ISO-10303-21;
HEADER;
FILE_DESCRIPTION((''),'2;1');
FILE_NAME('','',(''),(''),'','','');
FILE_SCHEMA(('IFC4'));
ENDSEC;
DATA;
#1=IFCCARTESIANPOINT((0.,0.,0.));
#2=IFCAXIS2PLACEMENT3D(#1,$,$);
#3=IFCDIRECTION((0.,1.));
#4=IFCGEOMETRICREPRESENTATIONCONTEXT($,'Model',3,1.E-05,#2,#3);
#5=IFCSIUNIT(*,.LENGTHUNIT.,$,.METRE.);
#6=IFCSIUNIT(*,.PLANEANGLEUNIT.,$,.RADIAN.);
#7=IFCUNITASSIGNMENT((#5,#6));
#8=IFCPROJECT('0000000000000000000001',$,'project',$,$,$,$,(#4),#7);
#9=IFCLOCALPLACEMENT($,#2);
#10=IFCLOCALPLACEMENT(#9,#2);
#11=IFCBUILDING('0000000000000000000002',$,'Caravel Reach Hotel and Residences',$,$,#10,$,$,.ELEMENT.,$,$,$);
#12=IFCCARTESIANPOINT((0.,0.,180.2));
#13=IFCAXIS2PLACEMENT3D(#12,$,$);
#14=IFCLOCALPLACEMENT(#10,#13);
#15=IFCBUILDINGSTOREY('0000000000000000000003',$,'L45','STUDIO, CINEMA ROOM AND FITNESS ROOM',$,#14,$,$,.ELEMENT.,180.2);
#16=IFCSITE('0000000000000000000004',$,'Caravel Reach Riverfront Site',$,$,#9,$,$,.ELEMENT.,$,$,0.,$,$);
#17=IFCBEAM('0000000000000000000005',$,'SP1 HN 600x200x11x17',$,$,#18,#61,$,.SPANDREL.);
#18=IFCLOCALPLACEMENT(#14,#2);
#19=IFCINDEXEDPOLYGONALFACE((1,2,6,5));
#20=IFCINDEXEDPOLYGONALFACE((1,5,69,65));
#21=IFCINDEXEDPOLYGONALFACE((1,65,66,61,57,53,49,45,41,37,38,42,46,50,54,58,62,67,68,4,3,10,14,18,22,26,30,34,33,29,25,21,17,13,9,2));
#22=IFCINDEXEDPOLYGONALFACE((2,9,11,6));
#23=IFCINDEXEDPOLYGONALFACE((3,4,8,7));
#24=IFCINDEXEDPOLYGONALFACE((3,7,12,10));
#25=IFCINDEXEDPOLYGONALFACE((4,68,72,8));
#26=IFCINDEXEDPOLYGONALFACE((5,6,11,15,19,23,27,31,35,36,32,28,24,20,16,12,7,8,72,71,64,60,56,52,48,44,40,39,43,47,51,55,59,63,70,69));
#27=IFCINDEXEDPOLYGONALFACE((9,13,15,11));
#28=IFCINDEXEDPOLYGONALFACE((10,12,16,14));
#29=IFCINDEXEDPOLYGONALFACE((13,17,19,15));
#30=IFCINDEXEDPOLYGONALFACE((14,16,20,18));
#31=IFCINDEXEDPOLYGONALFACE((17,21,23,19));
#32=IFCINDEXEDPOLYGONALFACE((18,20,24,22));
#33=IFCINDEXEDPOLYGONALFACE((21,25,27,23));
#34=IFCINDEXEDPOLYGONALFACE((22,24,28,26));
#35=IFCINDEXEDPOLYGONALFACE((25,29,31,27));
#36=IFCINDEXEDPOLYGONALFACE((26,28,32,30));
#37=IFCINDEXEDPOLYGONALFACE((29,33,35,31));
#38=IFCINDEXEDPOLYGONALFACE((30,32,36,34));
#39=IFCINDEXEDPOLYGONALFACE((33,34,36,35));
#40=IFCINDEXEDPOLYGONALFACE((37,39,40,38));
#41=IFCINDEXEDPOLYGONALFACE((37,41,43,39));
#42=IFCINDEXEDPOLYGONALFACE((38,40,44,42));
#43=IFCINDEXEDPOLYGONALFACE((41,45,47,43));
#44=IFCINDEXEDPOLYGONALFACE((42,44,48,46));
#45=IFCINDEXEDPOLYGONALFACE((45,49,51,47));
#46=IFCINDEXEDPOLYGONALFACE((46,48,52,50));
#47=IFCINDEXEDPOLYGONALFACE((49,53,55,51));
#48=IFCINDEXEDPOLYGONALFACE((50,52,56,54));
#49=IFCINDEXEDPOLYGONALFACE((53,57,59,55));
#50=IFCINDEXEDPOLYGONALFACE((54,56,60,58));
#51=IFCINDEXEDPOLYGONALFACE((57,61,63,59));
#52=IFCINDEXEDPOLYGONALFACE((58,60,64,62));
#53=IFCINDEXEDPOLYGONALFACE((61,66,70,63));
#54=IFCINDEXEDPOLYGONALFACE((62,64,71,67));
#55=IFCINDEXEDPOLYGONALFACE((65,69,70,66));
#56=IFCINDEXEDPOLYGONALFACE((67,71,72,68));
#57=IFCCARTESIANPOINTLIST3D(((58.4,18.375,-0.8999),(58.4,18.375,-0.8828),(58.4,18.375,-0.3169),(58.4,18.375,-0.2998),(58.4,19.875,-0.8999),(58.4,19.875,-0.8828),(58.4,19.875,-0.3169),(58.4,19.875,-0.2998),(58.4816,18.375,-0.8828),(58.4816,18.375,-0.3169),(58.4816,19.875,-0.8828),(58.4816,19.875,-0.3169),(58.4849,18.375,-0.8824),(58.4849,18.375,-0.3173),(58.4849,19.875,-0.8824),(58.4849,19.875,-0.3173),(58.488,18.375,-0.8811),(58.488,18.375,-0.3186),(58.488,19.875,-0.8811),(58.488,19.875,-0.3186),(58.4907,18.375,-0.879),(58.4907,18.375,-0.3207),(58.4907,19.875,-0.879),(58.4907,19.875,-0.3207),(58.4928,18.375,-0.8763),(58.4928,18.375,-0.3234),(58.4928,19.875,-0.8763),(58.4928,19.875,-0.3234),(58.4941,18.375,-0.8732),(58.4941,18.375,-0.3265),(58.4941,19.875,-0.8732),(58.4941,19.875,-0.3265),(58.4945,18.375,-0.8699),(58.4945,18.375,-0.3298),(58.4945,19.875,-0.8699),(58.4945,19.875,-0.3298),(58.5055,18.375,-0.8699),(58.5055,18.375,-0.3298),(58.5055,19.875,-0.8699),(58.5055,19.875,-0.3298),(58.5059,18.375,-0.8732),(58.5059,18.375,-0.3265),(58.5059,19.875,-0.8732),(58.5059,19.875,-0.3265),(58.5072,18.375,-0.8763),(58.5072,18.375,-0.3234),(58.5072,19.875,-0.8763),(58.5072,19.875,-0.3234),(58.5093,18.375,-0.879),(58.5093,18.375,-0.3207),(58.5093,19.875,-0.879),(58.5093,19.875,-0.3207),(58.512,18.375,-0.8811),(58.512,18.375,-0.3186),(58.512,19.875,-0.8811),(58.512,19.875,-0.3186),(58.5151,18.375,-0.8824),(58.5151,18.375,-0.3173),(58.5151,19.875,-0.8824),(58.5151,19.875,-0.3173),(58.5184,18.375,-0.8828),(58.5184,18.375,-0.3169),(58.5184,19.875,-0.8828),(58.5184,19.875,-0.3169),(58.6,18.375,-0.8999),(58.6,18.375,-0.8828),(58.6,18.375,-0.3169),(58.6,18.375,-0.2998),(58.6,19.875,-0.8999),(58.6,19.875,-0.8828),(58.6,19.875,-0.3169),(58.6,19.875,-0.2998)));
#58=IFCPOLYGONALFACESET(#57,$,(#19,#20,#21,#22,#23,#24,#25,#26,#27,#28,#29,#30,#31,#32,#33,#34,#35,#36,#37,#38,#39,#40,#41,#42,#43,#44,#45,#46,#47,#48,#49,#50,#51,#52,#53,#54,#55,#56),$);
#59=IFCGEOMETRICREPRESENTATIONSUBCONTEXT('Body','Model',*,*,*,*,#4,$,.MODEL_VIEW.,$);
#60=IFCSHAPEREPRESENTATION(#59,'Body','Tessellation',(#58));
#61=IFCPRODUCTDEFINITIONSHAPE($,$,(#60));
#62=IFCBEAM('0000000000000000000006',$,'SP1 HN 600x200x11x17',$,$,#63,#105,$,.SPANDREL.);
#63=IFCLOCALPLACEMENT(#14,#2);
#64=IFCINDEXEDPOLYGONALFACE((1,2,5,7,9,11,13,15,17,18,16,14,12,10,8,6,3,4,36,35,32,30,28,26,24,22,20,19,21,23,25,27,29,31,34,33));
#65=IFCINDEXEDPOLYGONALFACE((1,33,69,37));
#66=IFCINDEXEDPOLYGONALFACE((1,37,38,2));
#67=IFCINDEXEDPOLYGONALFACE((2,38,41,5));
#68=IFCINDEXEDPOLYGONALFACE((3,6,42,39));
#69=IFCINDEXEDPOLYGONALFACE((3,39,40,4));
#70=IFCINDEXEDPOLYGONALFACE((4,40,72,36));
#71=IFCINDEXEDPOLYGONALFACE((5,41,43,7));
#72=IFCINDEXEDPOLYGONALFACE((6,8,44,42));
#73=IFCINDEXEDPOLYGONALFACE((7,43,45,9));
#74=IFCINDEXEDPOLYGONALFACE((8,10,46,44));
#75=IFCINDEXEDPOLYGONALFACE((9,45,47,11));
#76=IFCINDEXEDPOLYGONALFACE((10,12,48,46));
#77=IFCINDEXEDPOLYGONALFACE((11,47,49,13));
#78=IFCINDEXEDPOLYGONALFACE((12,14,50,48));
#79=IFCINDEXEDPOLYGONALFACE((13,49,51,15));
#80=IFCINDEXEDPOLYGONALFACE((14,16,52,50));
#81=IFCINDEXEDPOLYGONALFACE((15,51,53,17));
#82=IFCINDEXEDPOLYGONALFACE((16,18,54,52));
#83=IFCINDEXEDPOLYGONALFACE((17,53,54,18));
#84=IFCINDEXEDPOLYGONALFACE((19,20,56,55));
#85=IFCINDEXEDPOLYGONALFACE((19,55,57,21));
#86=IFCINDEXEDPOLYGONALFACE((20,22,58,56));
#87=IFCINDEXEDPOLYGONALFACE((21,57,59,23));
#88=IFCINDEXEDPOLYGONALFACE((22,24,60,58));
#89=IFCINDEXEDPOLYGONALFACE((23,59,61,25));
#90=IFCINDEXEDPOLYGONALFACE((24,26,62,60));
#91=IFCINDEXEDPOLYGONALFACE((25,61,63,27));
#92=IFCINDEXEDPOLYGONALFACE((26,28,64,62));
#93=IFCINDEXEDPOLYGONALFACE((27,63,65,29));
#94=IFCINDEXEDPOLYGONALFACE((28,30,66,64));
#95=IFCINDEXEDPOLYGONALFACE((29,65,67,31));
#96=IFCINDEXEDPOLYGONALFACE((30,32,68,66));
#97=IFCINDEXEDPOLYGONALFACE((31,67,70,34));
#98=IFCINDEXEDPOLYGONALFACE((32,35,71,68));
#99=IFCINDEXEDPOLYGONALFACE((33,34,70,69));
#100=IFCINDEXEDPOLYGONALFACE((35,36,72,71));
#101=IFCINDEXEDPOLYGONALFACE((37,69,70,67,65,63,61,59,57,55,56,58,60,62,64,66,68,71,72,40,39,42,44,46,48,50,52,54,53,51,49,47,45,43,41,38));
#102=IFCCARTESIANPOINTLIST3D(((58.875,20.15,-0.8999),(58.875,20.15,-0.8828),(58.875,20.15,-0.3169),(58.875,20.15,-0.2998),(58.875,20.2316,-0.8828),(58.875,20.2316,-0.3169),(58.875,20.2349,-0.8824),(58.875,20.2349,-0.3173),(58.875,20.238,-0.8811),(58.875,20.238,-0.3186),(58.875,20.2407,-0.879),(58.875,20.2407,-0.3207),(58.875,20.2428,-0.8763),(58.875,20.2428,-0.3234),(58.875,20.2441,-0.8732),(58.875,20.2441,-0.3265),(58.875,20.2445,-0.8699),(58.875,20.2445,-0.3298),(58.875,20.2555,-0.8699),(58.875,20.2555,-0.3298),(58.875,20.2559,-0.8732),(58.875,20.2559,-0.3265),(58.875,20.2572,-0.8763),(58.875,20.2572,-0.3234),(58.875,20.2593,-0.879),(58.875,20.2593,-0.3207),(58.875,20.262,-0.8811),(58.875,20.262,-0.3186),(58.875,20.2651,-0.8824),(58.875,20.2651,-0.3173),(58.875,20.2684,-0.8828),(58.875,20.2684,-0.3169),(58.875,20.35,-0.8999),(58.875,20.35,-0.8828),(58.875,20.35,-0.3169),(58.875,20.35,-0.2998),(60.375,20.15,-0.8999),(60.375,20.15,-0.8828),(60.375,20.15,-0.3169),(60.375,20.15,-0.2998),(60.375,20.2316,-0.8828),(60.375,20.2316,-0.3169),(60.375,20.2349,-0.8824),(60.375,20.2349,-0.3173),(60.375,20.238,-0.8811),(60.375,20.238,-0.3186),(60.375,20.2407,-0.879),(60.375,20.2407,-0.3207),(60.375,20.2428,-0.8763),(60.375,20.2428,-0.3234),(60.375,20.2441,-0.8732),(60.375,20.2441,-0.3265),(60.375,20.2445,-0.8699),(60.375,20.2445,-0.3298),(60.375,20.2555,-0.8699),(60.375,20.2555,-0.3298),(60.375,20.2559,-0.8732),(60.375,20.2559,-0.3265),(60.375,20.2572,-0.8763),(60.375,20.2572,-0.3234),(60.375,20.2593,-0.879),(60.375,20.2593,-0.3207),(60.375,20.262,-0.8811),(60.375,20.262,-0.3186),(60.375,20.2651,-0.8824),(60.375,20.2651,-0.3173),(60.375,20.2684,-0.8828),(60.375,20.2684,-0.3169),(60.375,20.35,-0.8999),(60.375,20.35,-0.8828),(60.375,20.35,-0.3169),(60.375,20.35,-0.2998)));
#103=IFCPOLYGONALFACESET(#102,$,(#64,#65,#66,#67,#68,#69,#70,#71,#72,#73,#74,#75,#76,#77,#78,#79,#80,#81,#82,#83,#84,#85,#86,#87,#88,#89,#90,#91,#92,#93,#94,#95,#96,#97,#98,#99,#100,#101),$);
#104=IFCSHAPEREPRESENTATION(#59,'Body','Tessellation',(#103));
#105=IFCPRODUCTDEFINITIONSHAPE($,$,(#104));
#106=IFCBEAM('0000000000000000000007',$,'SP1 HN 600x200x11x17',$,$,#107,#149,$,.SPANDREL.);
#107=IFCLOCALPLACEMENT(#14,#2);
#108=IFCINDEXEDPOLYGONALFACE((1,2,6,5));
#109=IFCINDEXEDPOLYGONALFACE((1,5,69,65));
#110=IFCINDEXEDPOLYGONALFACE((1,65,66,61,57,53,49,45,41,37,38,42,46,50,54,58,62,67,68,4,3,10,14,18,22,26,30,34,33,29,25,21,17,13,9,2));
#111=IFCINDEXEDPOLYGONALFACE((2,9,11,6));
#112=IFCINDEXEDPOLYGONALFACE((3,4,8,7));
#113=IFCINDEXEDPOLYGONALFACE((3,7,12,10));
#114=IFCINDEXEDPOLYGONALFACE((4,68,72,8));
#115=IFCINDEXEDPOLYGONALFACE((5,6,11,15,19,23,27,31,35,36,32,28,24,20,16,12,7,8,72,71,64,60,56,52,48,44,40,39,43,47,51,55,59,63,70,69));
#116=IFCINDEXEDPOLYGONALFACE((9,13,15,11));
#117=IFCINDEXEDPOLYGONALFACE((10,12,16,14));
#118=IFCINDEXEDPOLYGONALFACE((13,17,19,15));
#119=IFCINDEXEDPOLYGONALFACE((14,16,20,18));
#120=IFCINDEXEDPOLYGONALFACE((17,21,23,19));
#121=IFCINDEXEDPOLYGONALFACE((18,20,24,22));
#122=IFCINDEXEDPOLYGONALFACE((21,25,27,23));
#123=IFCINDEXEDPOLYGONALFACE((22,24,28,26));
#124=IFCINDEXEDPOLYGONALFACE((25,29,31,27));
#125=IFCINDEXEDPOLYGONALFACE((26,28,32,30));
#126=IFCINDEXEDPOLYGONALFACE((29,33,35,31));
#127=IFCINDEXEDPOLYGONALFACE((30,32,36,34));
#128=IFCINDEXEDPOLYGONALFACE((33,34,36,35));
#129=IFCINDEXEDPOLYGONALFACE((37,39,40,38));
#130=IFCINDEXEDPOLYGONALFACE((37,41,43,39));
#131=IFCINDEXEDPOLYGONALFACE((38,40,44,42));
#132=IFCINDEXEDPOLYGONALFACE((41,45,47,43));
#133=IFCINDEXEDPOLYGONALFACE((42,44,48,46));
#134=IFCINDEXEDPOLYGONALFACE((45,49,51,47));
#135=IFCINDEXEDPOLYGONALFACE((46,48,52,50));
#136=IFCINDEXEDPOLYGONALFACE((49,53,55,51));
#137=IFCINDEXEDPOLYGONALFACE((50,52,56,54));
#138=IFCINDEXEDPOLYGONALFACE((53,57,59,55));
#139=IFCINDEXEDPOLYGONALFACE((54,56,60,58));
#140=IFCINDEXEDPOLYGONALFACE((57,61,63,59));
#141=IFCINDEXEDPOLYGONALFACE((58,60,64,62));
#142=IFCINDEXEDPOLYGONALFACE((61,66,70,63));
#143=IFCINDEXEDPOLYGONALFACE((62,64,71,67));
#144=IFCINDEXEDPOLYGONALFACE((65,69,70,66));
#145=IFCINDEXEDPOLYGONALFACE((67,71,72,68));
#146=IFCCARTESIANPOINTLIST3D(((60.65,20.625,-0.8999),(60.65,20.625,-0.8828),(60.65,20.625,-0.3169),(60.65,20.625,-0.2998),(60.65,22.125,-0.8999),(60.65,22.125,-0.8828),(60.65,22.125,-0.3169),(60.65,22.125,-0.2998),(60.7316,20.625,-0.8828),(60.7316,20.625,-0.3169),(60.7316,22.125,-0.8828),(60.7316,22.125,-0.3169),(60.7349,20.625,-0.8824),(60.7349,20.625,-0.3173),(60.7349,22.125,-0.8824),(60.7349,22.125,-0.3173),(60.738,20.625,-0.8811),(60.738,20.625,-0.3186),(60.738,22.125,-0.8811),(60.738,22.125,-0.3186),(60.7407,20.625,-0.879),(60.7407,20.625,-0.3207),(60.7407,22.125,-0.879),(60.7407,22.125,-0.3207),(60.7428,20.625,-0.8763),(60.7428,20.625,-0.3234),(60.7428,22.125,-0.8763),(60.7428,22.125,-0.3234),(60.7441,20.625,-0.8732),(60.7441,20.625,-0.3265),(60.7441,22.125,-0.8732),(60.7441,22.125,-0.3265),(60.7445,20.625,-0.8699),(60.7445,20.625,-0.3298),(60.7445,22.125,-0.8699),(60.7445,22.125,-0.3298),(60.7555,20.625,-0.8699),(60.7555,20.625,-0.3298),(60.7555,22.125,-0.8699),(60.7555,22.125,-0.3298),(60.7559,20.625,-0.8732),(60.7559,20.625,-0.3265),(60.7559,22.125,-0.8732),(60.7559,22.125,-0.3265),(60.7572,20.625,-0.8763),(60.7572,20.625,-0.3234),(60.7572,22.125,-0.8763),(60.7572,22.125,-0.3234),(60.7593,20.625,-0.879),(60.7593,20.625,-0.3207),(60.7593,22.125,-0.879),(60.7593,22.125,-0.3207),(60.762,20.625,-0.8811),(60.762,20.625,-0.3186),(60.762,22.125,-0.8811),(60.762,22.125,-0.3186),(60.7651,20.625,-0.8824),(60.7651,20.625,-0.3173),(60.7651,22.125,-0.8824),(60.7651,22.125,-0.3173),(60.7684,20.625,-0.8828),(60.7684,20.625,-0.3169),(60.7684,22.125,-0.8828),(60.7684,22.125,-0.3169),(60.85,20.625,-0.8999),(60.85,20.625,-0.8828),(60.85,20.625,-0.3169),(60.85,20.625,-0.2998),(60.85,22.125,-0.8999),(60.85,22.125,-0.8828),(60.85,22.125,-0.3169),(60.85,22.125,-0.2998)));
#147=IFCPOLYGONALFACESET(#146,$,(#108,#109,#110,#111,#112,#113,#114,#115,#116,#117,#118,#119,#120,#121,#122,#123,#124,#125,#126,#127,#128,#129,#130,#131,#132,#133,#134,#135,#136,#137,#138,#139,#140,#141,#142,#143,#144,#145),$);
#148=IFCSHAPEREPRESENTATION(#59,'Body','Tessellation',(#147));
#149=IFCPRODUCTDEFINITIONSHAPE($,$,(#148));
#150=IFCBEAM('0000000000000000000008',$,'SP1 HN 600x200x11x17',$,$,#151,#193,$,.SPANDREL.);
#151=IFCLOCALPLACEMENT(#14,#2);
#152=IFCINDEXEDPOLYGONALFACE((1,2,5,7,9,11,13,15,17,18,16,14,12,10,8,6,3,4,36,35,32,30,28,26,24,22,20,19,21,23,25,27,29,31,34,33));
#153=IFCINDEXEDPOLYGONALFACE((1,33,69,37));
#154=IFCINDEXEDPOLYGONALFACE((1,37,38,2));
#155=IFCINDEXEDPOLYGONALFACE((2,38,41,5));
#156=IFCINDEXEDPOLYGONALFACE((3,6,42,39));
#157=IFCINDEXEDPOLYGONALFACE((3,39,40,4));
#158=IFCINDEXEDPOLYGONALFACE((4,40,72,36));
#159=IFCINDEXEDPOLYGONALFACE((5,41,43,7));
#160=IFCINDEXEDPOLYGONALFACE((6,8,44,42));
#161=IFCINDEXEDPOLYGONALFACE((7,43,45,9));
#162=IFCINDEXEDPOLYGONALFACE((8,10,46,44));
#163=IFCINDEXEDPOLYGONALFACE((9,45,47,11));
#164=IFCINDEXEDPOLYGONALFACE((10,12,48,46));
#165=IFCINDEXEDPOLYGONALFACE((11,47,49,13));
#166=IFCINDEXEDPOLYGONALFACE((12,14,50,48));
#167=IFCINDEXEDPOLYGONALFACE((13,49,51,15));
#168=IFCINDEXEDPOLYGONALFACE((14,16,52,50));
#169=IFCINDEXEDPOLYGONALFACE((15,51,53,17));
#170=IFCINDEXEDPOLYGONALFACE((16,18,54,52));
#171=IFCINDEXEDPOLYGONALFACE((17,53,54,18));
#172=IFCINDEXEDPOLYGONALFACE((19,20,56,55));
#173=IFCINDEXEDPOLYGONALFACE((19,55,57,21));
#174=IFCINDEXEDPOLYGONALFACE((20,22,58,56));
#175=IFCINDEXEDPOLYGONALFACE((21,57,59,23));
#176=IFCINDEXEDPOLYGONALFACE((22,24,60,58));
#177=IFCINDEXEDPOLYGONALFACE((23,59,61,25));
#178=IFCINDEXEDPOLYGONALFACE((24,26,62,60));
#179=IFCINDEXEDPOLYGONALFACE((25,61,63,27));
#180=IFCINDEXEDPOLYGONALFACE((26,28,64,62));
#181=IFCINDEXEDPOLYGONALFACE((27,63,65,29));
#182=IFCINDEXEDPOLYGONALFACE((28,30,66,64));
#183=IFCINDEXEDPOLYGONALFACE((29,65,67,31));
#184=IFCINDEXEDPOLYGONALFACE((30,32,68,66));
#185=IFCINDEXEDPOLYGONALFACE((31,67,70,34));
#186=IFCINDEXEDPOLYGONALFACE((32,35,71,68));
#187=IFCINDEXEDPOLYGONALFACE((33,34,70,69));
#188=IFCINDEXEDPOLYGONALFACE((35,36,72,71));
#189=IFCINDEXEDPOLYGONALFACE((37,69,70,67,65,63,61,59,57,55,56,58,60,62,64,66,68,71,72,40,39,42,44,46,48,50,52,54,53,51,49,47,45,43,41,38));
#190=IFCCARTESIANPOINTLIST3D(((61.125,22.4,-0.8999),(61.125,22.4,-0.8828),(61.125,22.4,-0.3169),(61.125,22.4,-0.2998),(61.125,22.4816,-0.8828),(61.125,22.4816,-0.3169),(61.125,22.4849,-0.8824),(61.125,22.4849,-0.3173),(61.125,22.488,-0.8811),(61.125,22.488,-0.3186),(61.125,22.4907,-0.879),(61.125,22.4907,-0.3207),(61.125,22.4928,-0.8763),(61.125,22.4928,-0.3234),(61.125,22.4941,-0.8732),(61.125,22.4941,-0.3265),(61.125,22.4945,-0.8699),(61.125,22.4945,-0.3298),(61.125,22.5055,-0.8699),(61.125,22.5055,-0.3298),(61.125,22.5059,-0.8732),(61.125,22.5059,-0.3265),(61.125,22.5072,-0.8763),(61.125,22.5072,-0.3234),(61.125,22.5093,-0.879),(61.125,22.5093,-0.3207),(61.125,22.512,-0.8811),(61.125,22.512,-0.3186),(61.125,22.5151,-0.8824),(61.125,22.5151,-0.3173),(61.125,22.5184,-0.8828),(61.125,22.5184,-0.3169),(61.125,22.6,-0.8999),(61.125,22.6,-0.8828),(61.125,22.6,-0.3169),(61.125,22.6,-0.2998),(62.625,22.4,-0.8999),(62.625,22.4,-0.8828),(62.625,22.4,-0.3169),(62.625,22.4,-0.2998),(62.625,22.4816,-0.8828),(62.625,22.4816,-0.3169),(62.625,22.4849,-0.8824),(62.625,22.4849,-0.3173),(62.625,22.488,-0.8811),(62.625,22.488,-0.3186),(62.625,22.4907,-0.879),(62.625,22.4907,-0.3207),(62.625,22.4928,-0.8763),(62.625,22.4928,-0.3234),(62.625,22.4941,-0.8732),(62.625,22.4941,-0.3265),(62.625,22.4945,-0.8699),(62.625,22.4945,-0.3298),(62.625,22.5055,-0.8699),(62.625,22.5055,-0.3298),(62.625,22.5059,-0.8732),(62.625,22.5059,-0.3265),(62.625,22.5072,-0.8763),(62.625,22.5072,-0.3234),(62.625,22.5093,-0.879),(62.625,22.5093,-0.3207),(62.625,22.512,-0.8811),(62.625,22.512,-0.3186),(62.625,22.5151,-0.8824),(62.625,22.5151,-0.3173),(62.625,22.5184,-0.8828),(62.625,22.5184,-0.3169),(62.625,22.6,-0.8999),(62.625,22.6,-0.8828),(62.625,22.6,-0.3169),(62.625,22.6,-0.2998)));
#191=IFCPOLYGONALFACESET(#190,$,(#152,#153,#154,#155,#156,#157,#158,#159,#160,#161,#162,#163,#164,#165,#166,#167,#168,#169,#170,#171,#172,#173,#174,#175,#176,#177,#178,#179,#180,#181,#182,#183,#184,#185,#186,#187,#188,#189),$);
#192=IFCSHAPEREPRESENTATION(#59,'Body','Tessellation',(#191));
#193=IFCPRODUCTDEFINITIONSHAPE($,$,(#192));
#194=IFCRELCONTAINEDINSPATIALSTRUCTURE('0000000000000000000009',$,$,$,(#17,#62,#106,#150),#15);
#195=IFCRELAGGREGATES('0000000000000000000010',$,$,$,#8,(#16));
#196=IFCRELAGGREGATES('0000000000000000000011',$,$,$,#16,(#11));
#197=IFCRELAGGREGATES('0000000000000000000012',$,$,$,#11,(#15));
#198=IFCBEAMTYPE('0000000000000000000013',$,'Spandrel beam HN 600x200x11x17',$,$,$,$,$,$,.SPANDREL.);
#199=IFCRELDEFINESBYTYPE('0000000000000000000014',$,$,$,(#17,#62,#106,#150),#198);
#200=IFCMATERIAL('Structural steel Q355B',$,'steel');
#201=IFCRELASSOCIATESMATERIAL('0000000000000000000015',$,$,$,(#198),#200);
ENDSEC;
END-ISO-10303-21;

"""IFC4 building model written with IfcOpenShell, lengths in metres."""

from ifc_helpers import new_model, si_unit, direction, frame, origin, origin_2d, place, context, subcontext, project, spatial, i_section, extrude, material, material_profile, profile_set, type_object, element, save


model = new_model("IFC4")

# Units and contexts
model_context = context("Model", 3, precision=1e-05, world=origin(), true_north=direction((0.0, 1.0)))
body_context = subcontext(model_context, "Body", "Model", "MODEL_VIEW")
ifc_project = project(units=[si_unit("LENGTHUNIT", "METRE"), si_unit("PLANEANGLEUNIT", "RADIAN")], contexts=[model_context])

# Site, building, storey
site_placement = place(None, origin())
site = spatial("IfcSite", under=ifc_project, at=site_placement, Name="Caravel Reach Riverfront Site", CompositionType="ELEMENT", RefElevation=0.0)
building_placement = place(site_placement, origin())
building = spatial("IfcBuilding", under=site, at=building_placement, Name="Caravel Reach Hotel and Residences", CompositionType="ELEMENT")
storey_placement = place(building_placement, frame((0.0, 0.0, 180.2)))
storey = spatial("IfcBuildingStorey", under=building, at=storey_placement, Name="L45", Description="STUDIO, CINEMA ROOM AND FITNESS ROOM", CompositionType="ELEMENT", Elevation=180.2)

# Beams
ifc_material_1 = material(Name="Structural steel Q355B", Category="steel")
ifc_material_profile_1 = material_profile(ifc_material_1, i_section(OverallWidth=0.2, OverallDepth=0.6001, WebThickness=0.011, FlangeThickness=0.0171, FilletRadius=0.0129, at=origin_2d()), Name="HN 600x200x11x17")
ifc_profile_set_1 = profile_set([ifc_material_profile_1], Name="Structural steel Q355B")
beam_type_1 = type_object("IfcBeamType", Name="Spandrel beam HN 600x200x11x17", PredefinedType="SPANDREL", material=ifc_profile_set_1)
for number, where, z_axis, x_axis, name in (
    (1, (58.5, 18.375, -0.5999), (0.0, 1.0, 0.0), (-1.0, 0.0, 0.0), "SP1 HN 600x200x11x17"),
    (2, (58.875, 20.25, -0.5999), (1.0, 0.0, 0.0), (0.0, 1.0, 0.0), "SP1 HN 600x200x11x17"),
    (3, (60.75, 20.625, -0.5999), (0.0, 1.0, 0.0), (-1.0, 0.0, 0.0), "SP1 HN 600x200x11x17"),
    (4, (61.125, 22.5, -0.5999), (1.0, 0.0, 0.0), (0.0, 1.0, 0.0), "SP1 HN 600x200x11x17"),
):
    element("IfcBeam", number, at=place(storey_placement, frame(where, z_axis=z_axis, x_axis=x_axis)), inside=storey, type_object=beam_type_1, Name=name, PredefinedType="SPANDREL", context=body_context, shape_type="SweptSolid", body=[
        extrude(i_section(OverallWidth=0.2, OverallDepth=0.6001, WebThickness=0.011, FlangeThickness=0.0171, FilletRadius=0.0129, at=origin_2d()), origin(), (0.0, 0.0, 1.0), 1.5),
    ])

save(model, "model.ifc")
